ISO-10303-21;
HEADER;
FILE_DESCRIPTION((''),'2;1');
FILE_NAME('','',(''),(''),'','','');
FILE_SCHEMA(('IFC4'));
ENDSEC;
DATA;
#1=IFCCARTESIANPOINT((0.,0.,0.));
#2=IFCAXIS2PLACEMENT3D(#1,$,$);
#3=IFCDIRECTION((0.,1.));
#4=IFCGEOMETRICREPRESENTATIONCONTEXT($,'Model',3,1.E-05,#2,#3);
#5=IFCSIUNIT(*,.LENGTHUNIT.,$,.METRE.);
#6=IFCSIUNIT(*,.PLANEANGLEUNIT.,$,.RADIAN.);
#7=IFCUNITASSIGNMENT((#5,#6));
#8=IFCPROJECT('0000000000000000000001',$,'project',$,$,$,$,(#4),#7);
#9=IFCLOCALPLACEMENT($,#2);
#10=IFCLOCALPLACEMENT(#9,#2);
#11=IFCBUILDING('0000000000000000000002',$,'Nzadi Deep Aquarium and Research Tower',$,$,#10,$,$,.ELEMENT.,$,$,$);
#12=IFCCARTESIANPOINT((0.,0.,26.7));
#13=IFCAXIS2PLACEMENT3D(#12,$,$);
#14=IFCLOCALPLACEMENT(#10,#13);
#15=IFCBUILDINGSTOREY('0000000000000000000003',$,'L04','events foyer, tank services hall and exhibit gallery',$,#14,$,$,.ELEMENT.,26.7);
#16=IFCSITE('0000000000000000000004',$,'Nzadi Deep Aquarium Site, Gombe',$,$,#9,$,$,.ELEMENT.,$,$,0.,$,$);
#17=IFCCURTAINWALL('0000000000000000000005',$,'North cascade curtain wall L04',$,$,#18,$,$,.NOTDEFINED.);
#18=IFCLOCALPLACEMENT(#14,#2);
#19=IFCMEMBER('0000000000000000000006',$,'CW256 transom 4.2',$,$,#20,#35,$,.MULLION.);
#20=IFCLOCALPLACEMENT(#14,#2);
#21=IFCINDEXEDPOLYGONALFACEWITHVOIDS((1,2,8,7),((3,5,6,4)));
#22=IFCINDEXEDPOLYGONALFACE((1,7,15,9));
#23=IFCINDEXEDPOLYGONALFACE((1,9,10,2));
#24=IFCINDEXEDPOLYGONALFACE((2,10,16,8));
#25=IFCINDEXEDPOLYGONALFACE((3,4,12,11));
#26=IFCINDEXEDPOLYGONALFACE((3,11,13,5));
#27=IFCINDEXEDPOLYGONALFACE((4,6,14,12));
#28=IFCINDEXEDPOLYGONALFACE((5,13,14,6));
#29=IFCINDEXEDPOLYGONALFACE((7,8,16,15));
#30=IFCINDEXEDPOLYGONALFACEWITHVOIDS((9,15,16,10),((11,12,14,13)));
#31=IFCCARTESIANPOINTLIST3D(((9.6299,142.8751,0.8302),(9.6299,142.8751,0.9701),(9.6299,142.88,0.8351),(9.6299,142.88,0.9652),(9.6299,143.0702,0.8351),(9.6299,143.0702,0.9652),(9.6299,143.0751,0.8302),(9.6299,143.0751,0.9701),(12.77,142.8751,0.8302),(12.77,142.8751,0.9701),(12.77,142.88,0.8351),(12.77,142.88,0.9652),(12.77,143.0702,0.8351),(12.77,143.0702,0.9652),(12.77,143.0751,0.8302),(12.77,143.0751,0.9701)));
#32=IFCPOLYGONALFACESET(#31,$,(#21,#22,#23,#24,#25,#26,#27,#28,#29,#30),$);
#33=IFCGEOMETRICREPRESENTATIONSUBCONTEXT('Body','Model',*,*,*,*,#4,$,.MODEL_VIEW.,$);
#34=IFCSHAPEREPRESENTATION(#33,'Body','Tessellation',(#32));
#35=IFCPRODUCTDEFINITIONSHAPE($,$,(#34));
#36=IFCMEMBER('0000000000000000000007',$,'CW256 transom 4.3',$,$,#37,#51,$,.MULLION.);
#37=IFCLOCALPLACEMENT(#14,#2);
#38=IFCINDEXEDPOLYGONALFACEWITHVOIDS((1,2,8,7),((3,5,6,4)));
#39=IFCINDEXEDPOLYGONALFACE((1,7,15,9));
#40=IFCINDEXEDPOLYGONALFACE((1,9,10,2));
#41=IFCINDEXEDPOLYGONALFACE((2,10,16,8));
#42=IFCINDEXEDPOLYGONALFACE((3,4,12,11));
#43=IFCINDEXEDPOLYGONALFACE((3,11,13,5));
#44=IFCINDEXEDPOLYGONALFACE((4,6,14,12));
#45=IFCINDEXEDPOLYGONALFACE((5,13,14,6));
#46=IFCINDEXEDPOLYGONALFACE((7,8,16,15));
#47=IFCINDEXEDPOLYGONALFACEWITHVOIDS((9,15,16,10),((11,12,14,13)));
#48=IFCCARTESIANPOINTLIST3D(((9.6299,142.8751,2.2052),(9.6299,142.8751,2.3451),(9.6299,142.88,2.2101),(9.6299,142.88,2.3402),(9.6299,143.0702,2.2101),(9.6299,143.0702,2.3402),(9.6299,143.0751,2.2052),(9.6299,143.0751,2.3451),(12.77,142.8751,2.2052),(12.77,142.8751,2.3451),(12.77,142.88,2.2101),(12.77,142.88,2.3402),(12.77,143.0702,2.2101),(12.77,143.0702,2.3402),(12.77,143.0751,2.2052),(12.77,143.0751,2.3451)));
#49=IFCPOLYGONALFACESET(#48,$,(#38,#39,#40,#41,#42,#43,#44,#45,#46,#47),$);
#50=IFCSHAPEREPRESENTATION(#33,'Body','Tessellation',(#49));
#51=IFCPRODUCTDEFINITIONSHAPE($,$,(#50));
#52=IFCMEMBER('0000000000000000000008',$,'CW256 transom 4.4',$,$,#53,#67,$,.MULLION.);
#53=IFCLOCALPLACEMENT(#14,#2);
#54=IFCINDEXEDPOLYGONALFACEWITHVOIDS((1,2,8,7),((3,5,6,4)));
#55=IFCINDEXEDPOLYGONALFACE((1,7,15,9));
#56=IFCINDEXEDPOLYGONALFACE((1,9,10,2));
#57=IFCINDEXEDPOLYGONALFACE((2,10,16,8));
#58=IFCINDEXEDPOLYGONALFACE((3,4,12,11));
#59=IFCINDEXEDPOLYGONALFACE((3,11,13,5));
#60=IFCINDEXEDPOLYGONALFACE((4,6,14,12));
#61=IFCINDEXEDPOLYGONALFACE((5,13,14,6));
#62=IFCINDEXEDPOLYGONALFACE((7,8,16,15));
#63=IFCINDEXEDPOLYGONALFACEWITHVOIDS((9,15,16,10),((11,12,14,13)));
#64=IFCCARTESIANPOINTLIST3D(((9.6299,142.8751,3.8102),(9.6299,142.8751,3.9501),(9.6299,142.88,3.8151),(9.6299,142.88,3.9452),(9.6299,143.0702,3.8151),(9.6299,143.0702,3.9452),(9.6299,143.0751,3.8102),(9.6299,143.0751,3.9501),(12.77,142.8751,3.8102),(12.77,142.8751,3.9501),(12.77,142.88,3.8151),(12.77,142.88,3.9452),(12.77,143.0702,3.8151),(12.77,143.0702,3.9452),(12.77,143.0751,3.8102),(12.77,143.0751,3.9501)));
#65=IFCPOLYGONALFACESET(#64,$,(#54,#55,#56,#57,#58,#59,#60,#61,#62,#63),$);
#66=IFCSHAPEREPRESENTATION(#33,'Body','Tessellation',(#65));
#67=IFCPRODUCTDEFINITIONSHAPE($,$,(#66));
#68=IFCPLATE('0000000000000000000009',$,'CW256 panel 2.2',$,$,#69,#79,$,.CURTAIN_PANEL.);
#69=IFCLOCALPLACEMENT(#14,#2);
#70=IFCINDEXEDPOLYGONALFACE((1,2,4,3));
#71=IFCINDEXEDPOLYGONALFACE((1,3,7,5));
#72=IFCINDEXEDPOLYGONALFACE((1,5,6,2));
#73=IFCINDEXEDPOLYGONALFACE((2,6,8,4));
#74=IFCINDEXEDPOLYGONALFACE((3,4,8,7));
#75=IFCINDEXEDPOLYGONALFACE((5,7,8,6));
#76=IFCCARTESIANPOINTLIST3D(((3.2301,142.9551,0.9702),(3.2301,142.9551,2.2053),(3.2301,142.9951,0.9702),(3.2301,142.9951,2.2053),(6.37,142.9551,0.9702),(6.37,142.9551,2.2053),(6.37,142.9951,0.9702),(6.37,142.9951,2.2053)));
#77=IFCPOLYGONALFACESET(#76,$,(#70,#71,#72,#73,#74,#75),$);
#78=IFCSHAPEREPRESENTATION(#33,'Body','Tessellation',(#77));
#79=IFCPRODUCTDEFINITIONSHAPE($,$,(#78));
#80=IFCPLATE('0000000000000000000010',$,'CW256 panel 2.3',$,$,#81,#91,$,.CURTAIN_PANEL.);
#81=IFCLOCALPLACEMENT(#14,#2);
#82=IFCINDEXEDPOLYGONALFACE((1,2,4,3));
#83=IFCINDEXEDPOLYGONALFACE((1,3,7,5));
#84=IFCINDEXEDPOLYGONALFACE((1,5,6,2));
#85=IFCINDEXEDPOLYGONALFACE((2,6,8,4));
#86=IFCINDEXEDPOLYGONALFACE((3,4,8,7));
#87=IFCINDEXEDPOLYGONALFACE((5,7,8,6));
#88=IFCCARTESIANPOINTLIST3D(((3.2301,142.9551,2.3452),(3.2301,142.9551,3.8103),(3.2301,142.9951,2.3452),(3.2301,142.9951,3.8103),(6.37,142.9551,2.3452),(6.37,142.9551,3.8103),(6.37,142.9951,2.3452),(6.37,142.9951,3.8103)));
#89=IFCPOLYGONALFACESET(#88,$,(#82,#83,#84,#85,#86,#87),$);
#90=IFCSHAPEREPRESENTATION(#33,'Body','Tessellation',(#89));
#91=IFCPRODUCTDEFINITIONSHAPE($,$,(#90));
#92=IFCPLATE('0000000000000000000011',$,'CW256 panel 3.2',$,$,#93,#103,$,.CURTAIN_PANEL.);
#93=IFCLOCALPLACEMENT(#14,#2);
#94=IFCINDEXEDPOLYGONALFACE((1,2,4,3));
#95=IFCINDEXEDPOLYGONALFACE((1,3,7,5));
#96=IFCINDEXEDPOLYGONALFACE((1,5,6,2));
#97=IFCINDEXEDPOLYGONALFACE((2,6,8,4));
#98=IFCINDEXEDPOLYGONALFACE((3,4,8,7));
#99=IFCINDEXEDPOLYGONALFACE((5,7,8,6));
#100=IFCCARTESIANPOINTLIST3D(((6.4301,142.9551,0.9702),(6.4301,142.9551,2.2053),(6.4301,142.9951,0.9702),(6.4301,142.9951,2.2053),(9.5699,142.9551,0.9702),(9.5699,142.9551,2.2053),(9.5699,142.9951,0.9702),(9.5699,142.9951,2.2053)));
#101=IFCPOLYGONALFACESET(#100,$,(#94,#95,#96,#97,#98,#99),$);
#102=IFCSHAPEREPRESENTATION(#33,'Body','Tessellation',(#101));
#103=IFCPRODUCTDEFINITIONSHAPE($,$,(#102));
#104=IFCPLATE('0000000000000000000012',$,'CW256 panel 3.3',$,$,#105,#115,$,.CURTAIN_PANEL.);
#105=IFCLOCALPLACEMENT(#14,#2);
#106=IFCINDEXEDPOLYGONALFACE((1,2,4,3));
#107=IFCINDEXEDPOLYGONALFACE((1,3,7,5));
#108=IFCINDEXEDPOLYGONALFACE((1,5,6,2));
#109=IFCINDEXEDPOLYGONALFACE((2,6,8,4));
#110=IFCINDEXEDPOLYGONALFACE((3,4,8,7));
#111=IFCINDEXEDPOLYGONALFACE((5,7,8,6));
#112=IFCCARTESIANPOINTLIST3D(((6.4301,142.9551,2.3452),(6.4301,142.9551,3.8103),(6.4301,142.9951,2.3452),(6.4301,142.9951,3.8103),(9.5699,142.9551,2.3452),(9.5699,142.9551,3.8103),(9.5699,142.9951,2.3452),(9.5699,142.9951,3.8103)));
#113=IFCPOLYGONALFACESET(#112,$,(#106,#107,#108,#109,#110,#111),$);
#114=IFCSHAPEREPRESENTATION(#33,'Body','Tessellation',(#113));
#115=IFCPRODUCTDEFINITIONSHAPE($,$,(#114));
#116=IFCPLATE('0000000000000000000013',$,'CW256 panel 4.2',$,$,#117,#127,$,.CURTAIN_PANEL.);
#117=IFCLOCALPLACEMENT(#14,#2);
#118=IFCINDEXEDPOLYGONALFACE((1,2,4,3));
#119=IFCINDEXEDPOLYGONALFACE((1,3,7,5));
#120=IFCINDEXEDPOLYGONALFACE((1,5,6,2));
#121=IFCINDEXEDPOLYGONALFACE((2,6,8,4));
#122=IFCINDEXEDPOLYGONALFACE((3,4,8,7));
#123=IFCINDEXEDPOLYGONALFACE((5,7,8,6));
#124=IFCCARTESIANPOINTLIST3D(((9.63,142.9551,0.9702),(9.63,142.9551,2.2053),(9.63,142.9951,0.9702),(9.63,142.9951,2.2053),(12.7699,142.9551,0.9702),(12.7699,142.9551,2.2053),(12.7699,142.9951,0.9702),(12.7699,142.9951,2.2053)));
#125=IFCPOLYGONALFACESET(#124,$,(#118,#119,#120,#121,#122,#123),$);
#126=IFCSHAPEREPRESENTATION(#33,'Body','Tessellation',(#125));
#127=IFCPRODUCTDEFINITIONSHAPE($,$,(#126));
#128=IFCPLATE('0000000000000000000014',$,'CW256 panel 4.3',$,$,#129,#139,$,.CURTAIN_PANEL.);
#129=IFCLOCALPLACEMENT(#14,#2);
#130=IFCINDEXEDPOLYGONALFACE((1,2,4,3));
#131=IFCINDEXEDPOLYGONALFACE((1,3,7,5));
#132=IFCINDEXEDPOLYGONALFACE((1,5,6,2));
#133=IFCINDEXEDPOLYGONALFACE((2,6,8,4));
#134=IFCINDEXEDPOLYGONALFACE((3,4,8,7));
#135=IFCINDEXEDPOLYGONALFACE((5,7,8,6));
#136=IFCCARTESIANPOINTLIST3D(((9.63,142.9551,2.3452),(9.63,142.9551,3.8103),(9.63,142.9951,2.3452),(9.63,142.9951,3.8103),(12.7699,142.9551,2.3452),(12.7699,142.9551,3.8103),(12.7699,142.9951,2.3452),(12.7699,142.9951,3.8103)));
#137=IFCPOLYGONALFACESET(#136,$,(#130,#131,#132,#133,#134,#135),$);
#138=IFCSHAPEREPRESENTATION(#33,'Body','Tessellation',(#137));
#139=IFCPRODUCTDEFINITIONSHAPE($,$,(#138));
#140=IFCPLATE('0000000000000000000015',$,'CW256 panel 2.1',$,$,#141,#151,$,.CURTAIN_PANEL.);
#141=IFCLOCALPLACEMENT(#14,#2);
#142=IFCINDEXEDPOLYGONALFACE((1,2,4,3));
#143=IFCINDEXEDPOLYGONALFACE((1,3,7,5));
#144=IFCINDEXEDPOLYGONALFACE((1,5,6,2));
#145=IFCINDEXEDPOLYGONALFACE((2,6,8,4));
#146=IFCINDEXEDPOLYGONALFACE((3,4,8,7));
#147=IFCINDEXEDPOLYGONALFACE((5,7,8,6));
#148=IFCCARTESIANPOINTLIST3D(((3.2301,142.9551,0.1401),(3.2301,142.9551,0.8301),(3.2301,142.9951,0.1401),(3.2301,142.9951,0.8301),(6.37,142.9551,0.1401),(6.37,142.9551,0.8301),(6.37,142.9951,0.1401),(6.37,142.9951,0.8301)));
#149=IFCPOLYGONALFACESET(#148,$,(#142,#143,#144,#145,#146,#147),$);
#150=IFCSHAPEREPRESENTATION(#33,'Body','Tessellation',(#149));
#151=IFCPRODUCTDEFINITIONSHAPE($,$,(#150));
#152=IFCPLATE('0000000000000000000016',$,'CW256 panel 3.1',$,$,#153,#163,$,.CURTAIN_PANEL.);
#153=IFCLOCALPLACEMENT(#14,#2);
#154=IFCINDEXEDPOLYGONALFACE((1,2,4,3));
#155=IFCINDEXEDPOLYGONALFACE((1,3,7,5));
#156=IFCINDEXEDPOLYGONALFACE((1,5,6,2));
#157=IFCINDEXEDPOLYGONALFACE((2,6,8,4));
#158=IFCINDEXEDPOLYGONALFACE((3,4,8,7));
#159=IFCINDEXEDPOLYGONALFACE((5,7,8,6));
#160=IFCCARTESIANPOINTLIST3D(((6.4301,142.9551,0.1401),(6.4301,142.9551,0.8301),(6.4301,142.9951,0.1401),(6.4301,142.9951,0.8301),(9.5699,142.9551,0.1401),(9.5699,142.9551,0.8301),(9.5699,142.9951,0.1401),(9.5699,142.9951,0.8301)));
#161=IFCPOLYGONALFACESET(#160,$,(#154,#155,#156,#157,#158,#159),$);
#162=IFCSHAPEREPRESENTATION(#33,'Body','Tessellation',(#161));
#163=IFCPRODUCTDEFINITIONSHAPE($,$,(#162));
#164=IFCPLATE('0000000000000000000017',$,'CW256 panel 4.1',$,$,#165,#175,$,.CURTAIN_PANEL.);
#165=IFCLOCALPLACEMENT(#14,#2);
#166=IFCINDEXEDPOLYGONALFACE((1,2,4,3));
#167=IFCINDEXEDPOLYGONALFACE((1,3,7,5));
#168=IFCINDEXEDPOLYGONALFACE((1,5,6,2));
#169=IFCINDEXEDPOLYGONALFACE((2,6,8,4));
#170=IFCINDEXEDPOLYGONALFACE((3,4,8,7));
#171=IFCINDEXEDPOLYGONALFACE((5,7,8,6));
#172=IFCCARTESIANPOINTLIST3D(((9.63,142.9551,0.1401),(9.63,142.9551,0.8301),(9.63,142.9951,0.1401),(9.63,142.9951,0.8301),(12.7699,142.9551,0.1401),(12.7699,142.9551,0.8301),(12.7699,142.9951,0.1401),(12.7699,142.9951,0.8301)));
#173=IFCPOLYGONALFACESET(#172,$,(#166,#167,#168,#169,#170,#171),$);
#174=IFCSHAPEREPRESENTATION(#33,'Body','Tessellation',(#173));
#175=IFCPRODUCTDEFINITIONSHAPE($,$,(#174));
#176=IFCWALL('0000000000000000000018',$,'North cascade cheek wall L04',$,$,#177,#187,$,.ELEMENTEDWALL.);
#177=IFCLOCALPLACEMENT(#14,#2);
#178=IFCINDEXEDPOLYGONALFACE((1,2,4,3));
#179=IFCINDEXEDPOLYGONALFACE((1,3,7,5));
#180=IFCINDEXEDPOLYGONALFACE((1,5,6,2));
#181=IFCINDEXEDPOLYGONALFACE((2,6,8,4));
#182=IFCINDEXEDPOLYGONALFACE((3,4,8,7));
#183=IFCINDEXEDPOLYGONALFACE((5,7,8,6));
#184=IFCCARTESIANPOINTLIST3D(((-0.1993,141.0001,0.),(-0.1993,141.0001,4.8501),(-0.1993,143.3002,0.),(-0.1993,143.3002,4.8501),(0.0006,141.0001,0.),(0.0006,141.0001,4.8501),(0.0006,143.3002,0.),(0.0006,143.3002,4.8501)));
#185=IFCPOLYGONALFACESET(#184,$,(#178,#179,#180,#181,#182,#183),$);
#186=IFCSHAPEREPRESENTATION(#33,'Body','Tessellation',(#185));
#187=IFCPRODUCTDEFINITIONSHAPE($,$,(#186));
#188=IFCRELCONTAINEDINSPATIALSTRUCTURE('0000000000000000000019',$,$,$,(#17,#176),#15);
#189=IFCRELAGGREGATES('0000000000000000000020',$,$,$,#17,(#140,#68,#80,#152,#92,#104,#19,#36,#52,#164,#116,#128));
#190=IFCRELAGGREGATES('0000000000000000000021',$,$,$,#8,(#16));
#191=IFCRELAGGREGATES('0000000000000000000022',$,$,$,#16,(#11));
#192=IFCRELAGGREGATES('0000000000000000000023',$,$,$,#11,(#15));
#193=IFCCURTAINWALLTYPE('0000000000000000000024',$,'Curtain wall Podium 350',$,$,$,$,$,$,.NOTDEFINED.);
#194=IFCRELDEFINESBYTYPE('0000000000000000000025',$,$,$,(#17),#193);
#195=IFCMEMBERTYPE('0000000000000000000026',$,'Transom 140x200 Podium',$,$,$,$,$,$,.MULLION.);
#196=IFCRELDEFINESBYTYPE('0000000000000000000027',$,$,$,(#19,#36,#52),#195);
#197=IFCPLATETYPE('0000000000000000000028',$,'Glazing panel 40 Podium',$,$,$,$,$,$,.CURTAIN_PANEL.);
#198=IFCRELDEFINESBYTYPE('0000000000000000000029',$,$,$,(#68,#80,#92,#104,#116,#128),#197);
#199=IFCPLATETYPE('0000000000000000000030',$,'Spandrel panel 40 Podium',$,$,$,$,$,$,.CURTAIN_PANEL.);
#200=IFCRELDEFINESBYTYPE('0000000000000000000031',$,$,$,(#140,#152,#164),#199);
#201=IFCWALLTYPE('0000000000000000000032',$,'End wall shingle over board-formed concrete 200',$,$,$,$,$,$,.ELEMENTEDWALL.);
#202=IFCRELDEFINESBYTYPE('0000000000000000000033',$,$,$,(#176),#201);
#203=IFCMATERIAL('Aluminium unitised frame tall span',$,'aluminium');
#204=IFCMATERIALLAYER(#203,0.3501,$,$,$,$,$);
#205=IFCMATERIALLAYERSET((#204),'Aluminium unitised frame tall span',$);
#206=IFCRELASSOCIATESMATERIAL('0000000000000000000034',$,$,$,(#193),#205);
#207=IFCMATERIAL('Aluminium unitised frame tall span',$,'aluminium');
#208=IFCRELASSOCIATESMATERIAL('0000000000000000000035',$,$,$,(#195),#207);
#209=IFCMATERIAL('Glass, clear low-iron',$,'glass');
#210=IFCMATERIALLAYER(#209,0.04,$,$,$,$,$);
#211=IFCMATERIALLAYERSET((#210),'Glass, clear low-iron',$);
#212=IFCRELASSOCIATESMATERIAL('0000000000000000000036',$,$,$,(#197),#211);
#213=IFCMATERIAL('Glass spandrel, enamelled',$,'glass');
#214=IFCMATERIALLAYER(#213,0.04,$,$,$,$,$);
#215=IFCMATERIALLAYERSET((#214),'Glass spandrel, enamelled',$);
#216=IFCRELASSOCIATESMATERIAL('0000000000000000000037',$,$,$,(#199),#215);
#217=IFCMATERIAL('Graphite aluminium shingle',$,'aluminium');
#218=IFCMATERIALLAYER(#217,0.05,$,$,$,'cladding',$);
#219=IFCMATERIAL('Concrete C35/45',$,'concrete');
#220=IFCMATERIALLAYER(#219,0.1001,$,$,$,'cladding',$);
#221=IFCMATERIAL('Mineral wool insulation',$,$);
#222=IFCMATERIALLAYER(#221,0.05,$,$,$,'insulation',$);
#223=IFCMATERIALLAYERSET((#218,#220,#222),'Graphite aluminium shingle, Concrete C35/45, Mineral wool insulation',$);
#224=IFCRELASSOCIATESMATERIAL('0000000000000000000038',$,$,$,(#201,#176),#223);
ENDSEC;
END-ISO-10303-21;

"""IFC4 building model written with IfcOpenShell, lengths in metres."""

from ifc_helpers import new_model, si_unit, direction, frame, frame_2d, origin, origin_2d, place, context, subcontext, project, spatial, rectangle, hollow_rectangle, extrude, material, layer, layer_set, layer_usage, material_profile, profile_set, type_object, element, aggregate, save


model = new_model("IFC4")

# Units and contexts
model_context = context("Model", 3, precision=1e-05, world=origin(), true_north=direction((0.0, 1.0)))
body_context = subcontext(model_context, "Body", "Model", "MODEL_VIEW")
ifc_project = project(units=[si_unit("LENGTHUNIT", "METRE"), si_unit("PLANEANGLEUNIT", "RADIAN")], contexts=[model_context])

# Site, building, storey
site_placement = place(None, origin())
site = spatial("IfcSite", under=ifc_project, at=site_placement, Name="Nzadi Deep Aquarium Site, Gombe", CompositionType="ELEMENT", RefElevation=0.0)
building_placement = place(site_placement, origin())
building = spatial("IfcBuilding", under=site, at=building_placement, Name="Nzadi Deep Aquarium and Research Tower", CompositionType="ELEMENT")
storey_placement = place(building_placement, frame((0.0, 0.0, 26.7)))
storey = spatial("IfcBuildingStorey", under=building, at=storey_placement, Name="L04", Description="events foyer, tank services hall and exhibit gallery", CompositionType="ELEMENT", Elevation=26.7)

# Curtain wall, members, plates
ifc_material_1 = material(Name="Aluminium unitised frame tall span", Category="aluminium")
ifc_layer_1 = layer(ifc_material_1, 0.3501)
ifc_layer_set_1 = layer_set([ifc_layer_1], Name="Aluminium unitised frame tall span")
curtain_wall_type = type_object("IfcCurtainWallType", Name="Curtain wall Podium 350", PredefinedType="NOTDEFINED", material=ifc_layer_set_1)
curtain_wall_placement = place(storey_placement, origin())
curtain_wall = element("IfcCurtainWall", 1, at=curtain_wall_placement, inside=storey, type_object=curtain_wall_type, Name="North cascade curtain wall L04", PredefinedType="NOTDEFINED")
ifc_material_2 = material(Name="Aluminium unitised frame tall span", Category="aluminium")
ifc_material_profile_1 = material_profile(ifc_material_2, hollow_rectangle(XDim=0.2, YDim=0.1399, WallThickness=0.0049, at=origin_2d()))
ifc_profile_set_1 = profile_set([ifc_material_profile_1], Name="Aluminium unitised frame tall span")
member_type_1 = type_object("IfcMemberType", Name="Transom 140x200 Podium", PredefinedType="MULLION", material=ifc_profile_set_1)
member_1_placement = place(storey_placement, frame((9.6299, 142.9751, 0.9001), z_axis=(1.0, 0.0, 0.0), x_axis=(0.0, 1.0, 0.0)))
member_1 = element("IfcMember", 2, at=member_1_placement, type_object=member_type_1, Name="CW256 transom 4.2", PredefinedType="MULLION", context=body_context, shape_type="SweptSolid", body=[
    extrude(hollow_rectangle(XDim=0.2, YDim=0.1399, WallThickness=0.0049, at=origin_2d()), origin(), (0.0, 0.0, 1.0), 3.1401),
])
member_2_placement = place(storey_placement, frame((9.6299, 142.9751, 2.2751), z_axis=(1.0, 0.0, 0.0), x_axis=(0.0, 1.0, 0.0)))
member_2 = element("IfcMember", 3, at=member_2_placement, type_object=member_type_1, Name="CW256 transom 4.3", PredefinedType="MULLION", context=body_context, shape_type="SweptSolid", body=[
    extrude(hollow_rectangle(XDim=0.2, YDim=0.1399, WallThickness=0.0049, at=origin_2d()), origin(), (0.0, 0.0, 1.0), 3.1401),
])
member_3_placement = place(storey_placement, frame((9.6299, 142.9751, 3.8801), z_axis=(1.0, 0.0, 0.0), x_axis=(0.0, 1.0, 0.0)))
member_3 = element("IfcMember", 4, at=member_3_placement, type_object=member_type_1, Name="CW256 transom 4.4", PredefinedType="MULLION", context=body_context, shape_type="SweptSolid", body=[
    extrude(hollow_rectangle(XDim=0.2, YDim=0.1399, WallThickness=0.0049, at=origin_2d()), origin(), (0.0, 0.0, 1.0), 3.1401),
])
ifc_material_3 = material(Name="Glass, clear low-iron", Category="glass")
ifc_layer_2 = layer(ifc_material_3, 0.04)
ifc_layer_set_2 = layer_set([ifc_layer_2], Name="Glass, clear low-iron")
plate_type_1 = type_object("IfcPlateType", Name="Glazing panel 40 Podium", PredefinedType="CURTAIN_PANEL", material=ifc_layer_set_2)
plate_1_placement = place(storey_placement, frame((4.8, 142.9751, 0.9702), z_axis=(0.0, 0.0, 1.0), x_axis=(1.0, 0.0, 0.0)))
plate_1 = element("IfcPlate", 5, at=plate_1_placement, type_object=plate_type_1, Name="CW256 panel 2.2", PredefinedType="CURTAIN_PANEL", context=body_context, shape_type="SweptSolid", body=[
    extrude(rectangle(XDim=3.1399, YDim=0.04, at=origin_2d()), origin(), (0.0, 0.0, 1.0), 1.2351),
])
plate_2_placement = place(storey_placement, frame((4.8, 142.9751, 2.3452), z_axis=(0.0, 0.0, 1.0), x_axis=(1.0, 0.0, 0.0)))
plate_2 = element("IfcPlate", 6, at=plate_2_placement, type_object=plate_type_1, Name="CW256 panel 2.3", PredefinedType="CURTAIN_PANEL", context=body_context, shape_type="SweptSolid", body=[
    extrude(rectangle(XDim=3.1399, YDim=0.04, at=origin_2d()), origin(), (0.0, 0.0, 1.0), 1.4651),
])
plate_3_placement = place(storey_placement, frame((8.0, 142.9751, 0.9702), z_axis=(0.0, 0.0, 1.0), x_axis=(1.0, 0.0, 0.0)))
plate_3 = element("IfcPlate", 7, at=plate_3_placement, type_object=plate_type_1, Name="CW256 panel 3.2", PredefinedType="CURTAIN_PANEL", context=body_context, shape_type="SweptSolid", body=[
    extrude(rectangle(XDim=3.1399, YDim=0.04, at=origin_2d()), origin(), (0.0, 0.0, 1.0), 1.2351),
])
plate_4_placement = place(storey_placement, frame((8.0, 142.9751, 2.3452), z_axis=(0.0, 0.0, 1.0), x_axis=(1.0, 0.0, 0.0)))
plate_4 = element("IfcPlate", 8, at=plate_4_placement, type_object=plate_type_1, Name="CW256 panel 3.3", PredefinedType="CURTAIN_PANEL", context=body_context, shape_type="SweptSolid", body=[
    extrude(rectangle(XDim=3.1399, YDim=0.04, at=origin_2d()), origin(), (0.0, 0.0, 1.0), 1.4651),
])
plate_5_placement = place(storey_placement, frame((11.2, 142.9751, 0.9702), z_axis=(0.0, 0.0, 1.0), x_axis=(1.0, 0.0, 0.0)))
plate_5 = element("IfcPlate", 9, at=plate_5_placement, type_object=plate_type_1, Name="CW256 panel 4.2", PredefinedType="CURTAIN_PANEL", context=body_context, shape_type="SweptSolid", body=[
    extrude(rectangle(XDim=3.1399, YDim=0.04, at=origin_2d()), origin(), (0.0, 0.0, 1.0), 1.2351),
])
plate_6_placement = place(storey_placement, frame((11.2, 142.9751, 2.3452), z_axis=(0.0, 0.0, 1.0), x_axis=(1.0, 0.0, 0.0)))
plate_6 = element("IfcPlate", 10, at=plate_6_placement, type_object=plate_type_1, Name="CW256 panel 4.3", PredefinedType="CURTAIN_PANEL", context=body_context, shape_type="SweptSolid", body=[
    extrude(rectangle(XDim=3.1399, YDim=0.04, at=origin_2d()), origin(), (0.0, 0.0, 1.0), 1.4651),
])
ifc_material_4 = material(Name="Glass spandrel, enamelled", Category="glass")
ifc_layer_3 = layer(ifc_material_4, 0.04)
ifc_layer_set_3 = layer_set([ifc_layer_3], Name="Glass spandrel, enamelled")
plate_type_2 = type_object("IfcPlateType", Name="Spandrel panel 40 Podium", PredefinedType="CURTAIN_PANEL", material=ifc_layer_set_3)
plate_7_placement = place(storey_placement, frame((4.8, 142.9751, 0.1401), z_axis=(0.0, 0.0, 1.0), x_axis=(1.0, 0.0, 0.0)))
plate_7 = element("IfcPlate", 11, at=plate_7_placement, type_object=plate_type_2, Name="CW256 panel 2.1", PredefinedType="CURTAIN_PANEL", context=body_context, shape_type="SweptSolid", body=[
    extrude(rectangle(XDim=3.1399, YDim=0.04, at=origin_2d()), origin(), (0.0, 0.0, 1.0), 0.6899),
])
plate_8_placement = place(storey_placement, frame((8.0, 142.9751, 0.1401), z_axis=(0.0, 0.0, 1.0), x_axis=(1.0, 0.0, 0.0)))
plate_8 = element("IfcPlate", 12, at=plate_8_placement, type_object=plate_type_2, Name="CW256 panel 3.1", PredefinedType="CURTAIN_PANEL", context=body_context, shape_type="SweptSolid", body=[
    extrude(rectangle(XDim=3.1399, YDim=0.04, at=origin_2d()), origin(), (0.0, 0.0, 1.0), 0.6899),
])
plate_9_placement = place(storey_placement, frame((11.2, 142.9751, 0.1401), z_axis=(0.0, 0.0, 1.0), x_axis=(1.0, 0.0, 0.0)))
plate_9 = element("IfcPlate", 13, at=plate_9_placement, type_object=plate_type_2, Name="CW256 panel 4.1", PredefinedType="CURTAIN_PANEL", context=body_context, shape_type="SweptSolid", body=[
    extrude(rectangle(XDim=3.1399, YDim=0.04, at=origin_2d()), origin(), (0.0, 0.0, 1.0), 0.6899),
])
aggregate(curtain_wall, [plate_7, plate_1, plate_2, plate_8, plate_3, plate_4, member_1, member_2, member_3, plate_9, plate_5, plate_6])

# Wall
ifc_material_5 = material(Name="Graphite aluminium shingle", Category="aluminium")
ifc_layer_4 = layer(ifc_material_5, 0.05, Category="cladding")
ifc_material_6 = material(Name="Concrete C35/45", Category="concrete")
ifc_layer_5 = layer(ifc_material_6, 0.1001, Category="cladding")
ifc_material_7 = material(Name="Mineral wool insulation")
ifc_layer_6 = layer(ifc_material_7, 0.05, Category="insulation")
ifc_layer_set_4 = layer_set([ifc_layer_4, ifc_layer_5, ifc_layer_6], Name="Graphite aluminium shingle, Concrete C35/45, Mineral wool insulation")
ifc_layer_usage = layer_usage(ifc_layer_set_4, "AXIS2", "POSITIVE", -0.1)
wall_type = type_object("IfcWallType", Name="End wall shingle over board-formed concrete 200", PredefinedType="ELEMENTEDWALL", material=ifc_layer_set_4)
wall_placement = place(storey_placement, frame((-0.0994, 143.3, 0.0), z_axis=(0.0, 0.0, 1.0), x_axis=(0.0, -1.0, 0.0)))
element("IfcWall", 14, at=wall_placement, inside=storey, type_object=wall_type, material=ifc_layer_usage, Name="North cascade cheek wall L04", PredefinedType="ELEMENTEDWALL", context=body_context, shape_type="SweptSolid", body=[
    extrude(rectangle(XDim=2.3, YDim=0.2, at=frame_2d((1.1499, 0.0))), origin(), (0.0, 0.0, 1.0), 4.8501),
])

save(model, "model.ifc")
